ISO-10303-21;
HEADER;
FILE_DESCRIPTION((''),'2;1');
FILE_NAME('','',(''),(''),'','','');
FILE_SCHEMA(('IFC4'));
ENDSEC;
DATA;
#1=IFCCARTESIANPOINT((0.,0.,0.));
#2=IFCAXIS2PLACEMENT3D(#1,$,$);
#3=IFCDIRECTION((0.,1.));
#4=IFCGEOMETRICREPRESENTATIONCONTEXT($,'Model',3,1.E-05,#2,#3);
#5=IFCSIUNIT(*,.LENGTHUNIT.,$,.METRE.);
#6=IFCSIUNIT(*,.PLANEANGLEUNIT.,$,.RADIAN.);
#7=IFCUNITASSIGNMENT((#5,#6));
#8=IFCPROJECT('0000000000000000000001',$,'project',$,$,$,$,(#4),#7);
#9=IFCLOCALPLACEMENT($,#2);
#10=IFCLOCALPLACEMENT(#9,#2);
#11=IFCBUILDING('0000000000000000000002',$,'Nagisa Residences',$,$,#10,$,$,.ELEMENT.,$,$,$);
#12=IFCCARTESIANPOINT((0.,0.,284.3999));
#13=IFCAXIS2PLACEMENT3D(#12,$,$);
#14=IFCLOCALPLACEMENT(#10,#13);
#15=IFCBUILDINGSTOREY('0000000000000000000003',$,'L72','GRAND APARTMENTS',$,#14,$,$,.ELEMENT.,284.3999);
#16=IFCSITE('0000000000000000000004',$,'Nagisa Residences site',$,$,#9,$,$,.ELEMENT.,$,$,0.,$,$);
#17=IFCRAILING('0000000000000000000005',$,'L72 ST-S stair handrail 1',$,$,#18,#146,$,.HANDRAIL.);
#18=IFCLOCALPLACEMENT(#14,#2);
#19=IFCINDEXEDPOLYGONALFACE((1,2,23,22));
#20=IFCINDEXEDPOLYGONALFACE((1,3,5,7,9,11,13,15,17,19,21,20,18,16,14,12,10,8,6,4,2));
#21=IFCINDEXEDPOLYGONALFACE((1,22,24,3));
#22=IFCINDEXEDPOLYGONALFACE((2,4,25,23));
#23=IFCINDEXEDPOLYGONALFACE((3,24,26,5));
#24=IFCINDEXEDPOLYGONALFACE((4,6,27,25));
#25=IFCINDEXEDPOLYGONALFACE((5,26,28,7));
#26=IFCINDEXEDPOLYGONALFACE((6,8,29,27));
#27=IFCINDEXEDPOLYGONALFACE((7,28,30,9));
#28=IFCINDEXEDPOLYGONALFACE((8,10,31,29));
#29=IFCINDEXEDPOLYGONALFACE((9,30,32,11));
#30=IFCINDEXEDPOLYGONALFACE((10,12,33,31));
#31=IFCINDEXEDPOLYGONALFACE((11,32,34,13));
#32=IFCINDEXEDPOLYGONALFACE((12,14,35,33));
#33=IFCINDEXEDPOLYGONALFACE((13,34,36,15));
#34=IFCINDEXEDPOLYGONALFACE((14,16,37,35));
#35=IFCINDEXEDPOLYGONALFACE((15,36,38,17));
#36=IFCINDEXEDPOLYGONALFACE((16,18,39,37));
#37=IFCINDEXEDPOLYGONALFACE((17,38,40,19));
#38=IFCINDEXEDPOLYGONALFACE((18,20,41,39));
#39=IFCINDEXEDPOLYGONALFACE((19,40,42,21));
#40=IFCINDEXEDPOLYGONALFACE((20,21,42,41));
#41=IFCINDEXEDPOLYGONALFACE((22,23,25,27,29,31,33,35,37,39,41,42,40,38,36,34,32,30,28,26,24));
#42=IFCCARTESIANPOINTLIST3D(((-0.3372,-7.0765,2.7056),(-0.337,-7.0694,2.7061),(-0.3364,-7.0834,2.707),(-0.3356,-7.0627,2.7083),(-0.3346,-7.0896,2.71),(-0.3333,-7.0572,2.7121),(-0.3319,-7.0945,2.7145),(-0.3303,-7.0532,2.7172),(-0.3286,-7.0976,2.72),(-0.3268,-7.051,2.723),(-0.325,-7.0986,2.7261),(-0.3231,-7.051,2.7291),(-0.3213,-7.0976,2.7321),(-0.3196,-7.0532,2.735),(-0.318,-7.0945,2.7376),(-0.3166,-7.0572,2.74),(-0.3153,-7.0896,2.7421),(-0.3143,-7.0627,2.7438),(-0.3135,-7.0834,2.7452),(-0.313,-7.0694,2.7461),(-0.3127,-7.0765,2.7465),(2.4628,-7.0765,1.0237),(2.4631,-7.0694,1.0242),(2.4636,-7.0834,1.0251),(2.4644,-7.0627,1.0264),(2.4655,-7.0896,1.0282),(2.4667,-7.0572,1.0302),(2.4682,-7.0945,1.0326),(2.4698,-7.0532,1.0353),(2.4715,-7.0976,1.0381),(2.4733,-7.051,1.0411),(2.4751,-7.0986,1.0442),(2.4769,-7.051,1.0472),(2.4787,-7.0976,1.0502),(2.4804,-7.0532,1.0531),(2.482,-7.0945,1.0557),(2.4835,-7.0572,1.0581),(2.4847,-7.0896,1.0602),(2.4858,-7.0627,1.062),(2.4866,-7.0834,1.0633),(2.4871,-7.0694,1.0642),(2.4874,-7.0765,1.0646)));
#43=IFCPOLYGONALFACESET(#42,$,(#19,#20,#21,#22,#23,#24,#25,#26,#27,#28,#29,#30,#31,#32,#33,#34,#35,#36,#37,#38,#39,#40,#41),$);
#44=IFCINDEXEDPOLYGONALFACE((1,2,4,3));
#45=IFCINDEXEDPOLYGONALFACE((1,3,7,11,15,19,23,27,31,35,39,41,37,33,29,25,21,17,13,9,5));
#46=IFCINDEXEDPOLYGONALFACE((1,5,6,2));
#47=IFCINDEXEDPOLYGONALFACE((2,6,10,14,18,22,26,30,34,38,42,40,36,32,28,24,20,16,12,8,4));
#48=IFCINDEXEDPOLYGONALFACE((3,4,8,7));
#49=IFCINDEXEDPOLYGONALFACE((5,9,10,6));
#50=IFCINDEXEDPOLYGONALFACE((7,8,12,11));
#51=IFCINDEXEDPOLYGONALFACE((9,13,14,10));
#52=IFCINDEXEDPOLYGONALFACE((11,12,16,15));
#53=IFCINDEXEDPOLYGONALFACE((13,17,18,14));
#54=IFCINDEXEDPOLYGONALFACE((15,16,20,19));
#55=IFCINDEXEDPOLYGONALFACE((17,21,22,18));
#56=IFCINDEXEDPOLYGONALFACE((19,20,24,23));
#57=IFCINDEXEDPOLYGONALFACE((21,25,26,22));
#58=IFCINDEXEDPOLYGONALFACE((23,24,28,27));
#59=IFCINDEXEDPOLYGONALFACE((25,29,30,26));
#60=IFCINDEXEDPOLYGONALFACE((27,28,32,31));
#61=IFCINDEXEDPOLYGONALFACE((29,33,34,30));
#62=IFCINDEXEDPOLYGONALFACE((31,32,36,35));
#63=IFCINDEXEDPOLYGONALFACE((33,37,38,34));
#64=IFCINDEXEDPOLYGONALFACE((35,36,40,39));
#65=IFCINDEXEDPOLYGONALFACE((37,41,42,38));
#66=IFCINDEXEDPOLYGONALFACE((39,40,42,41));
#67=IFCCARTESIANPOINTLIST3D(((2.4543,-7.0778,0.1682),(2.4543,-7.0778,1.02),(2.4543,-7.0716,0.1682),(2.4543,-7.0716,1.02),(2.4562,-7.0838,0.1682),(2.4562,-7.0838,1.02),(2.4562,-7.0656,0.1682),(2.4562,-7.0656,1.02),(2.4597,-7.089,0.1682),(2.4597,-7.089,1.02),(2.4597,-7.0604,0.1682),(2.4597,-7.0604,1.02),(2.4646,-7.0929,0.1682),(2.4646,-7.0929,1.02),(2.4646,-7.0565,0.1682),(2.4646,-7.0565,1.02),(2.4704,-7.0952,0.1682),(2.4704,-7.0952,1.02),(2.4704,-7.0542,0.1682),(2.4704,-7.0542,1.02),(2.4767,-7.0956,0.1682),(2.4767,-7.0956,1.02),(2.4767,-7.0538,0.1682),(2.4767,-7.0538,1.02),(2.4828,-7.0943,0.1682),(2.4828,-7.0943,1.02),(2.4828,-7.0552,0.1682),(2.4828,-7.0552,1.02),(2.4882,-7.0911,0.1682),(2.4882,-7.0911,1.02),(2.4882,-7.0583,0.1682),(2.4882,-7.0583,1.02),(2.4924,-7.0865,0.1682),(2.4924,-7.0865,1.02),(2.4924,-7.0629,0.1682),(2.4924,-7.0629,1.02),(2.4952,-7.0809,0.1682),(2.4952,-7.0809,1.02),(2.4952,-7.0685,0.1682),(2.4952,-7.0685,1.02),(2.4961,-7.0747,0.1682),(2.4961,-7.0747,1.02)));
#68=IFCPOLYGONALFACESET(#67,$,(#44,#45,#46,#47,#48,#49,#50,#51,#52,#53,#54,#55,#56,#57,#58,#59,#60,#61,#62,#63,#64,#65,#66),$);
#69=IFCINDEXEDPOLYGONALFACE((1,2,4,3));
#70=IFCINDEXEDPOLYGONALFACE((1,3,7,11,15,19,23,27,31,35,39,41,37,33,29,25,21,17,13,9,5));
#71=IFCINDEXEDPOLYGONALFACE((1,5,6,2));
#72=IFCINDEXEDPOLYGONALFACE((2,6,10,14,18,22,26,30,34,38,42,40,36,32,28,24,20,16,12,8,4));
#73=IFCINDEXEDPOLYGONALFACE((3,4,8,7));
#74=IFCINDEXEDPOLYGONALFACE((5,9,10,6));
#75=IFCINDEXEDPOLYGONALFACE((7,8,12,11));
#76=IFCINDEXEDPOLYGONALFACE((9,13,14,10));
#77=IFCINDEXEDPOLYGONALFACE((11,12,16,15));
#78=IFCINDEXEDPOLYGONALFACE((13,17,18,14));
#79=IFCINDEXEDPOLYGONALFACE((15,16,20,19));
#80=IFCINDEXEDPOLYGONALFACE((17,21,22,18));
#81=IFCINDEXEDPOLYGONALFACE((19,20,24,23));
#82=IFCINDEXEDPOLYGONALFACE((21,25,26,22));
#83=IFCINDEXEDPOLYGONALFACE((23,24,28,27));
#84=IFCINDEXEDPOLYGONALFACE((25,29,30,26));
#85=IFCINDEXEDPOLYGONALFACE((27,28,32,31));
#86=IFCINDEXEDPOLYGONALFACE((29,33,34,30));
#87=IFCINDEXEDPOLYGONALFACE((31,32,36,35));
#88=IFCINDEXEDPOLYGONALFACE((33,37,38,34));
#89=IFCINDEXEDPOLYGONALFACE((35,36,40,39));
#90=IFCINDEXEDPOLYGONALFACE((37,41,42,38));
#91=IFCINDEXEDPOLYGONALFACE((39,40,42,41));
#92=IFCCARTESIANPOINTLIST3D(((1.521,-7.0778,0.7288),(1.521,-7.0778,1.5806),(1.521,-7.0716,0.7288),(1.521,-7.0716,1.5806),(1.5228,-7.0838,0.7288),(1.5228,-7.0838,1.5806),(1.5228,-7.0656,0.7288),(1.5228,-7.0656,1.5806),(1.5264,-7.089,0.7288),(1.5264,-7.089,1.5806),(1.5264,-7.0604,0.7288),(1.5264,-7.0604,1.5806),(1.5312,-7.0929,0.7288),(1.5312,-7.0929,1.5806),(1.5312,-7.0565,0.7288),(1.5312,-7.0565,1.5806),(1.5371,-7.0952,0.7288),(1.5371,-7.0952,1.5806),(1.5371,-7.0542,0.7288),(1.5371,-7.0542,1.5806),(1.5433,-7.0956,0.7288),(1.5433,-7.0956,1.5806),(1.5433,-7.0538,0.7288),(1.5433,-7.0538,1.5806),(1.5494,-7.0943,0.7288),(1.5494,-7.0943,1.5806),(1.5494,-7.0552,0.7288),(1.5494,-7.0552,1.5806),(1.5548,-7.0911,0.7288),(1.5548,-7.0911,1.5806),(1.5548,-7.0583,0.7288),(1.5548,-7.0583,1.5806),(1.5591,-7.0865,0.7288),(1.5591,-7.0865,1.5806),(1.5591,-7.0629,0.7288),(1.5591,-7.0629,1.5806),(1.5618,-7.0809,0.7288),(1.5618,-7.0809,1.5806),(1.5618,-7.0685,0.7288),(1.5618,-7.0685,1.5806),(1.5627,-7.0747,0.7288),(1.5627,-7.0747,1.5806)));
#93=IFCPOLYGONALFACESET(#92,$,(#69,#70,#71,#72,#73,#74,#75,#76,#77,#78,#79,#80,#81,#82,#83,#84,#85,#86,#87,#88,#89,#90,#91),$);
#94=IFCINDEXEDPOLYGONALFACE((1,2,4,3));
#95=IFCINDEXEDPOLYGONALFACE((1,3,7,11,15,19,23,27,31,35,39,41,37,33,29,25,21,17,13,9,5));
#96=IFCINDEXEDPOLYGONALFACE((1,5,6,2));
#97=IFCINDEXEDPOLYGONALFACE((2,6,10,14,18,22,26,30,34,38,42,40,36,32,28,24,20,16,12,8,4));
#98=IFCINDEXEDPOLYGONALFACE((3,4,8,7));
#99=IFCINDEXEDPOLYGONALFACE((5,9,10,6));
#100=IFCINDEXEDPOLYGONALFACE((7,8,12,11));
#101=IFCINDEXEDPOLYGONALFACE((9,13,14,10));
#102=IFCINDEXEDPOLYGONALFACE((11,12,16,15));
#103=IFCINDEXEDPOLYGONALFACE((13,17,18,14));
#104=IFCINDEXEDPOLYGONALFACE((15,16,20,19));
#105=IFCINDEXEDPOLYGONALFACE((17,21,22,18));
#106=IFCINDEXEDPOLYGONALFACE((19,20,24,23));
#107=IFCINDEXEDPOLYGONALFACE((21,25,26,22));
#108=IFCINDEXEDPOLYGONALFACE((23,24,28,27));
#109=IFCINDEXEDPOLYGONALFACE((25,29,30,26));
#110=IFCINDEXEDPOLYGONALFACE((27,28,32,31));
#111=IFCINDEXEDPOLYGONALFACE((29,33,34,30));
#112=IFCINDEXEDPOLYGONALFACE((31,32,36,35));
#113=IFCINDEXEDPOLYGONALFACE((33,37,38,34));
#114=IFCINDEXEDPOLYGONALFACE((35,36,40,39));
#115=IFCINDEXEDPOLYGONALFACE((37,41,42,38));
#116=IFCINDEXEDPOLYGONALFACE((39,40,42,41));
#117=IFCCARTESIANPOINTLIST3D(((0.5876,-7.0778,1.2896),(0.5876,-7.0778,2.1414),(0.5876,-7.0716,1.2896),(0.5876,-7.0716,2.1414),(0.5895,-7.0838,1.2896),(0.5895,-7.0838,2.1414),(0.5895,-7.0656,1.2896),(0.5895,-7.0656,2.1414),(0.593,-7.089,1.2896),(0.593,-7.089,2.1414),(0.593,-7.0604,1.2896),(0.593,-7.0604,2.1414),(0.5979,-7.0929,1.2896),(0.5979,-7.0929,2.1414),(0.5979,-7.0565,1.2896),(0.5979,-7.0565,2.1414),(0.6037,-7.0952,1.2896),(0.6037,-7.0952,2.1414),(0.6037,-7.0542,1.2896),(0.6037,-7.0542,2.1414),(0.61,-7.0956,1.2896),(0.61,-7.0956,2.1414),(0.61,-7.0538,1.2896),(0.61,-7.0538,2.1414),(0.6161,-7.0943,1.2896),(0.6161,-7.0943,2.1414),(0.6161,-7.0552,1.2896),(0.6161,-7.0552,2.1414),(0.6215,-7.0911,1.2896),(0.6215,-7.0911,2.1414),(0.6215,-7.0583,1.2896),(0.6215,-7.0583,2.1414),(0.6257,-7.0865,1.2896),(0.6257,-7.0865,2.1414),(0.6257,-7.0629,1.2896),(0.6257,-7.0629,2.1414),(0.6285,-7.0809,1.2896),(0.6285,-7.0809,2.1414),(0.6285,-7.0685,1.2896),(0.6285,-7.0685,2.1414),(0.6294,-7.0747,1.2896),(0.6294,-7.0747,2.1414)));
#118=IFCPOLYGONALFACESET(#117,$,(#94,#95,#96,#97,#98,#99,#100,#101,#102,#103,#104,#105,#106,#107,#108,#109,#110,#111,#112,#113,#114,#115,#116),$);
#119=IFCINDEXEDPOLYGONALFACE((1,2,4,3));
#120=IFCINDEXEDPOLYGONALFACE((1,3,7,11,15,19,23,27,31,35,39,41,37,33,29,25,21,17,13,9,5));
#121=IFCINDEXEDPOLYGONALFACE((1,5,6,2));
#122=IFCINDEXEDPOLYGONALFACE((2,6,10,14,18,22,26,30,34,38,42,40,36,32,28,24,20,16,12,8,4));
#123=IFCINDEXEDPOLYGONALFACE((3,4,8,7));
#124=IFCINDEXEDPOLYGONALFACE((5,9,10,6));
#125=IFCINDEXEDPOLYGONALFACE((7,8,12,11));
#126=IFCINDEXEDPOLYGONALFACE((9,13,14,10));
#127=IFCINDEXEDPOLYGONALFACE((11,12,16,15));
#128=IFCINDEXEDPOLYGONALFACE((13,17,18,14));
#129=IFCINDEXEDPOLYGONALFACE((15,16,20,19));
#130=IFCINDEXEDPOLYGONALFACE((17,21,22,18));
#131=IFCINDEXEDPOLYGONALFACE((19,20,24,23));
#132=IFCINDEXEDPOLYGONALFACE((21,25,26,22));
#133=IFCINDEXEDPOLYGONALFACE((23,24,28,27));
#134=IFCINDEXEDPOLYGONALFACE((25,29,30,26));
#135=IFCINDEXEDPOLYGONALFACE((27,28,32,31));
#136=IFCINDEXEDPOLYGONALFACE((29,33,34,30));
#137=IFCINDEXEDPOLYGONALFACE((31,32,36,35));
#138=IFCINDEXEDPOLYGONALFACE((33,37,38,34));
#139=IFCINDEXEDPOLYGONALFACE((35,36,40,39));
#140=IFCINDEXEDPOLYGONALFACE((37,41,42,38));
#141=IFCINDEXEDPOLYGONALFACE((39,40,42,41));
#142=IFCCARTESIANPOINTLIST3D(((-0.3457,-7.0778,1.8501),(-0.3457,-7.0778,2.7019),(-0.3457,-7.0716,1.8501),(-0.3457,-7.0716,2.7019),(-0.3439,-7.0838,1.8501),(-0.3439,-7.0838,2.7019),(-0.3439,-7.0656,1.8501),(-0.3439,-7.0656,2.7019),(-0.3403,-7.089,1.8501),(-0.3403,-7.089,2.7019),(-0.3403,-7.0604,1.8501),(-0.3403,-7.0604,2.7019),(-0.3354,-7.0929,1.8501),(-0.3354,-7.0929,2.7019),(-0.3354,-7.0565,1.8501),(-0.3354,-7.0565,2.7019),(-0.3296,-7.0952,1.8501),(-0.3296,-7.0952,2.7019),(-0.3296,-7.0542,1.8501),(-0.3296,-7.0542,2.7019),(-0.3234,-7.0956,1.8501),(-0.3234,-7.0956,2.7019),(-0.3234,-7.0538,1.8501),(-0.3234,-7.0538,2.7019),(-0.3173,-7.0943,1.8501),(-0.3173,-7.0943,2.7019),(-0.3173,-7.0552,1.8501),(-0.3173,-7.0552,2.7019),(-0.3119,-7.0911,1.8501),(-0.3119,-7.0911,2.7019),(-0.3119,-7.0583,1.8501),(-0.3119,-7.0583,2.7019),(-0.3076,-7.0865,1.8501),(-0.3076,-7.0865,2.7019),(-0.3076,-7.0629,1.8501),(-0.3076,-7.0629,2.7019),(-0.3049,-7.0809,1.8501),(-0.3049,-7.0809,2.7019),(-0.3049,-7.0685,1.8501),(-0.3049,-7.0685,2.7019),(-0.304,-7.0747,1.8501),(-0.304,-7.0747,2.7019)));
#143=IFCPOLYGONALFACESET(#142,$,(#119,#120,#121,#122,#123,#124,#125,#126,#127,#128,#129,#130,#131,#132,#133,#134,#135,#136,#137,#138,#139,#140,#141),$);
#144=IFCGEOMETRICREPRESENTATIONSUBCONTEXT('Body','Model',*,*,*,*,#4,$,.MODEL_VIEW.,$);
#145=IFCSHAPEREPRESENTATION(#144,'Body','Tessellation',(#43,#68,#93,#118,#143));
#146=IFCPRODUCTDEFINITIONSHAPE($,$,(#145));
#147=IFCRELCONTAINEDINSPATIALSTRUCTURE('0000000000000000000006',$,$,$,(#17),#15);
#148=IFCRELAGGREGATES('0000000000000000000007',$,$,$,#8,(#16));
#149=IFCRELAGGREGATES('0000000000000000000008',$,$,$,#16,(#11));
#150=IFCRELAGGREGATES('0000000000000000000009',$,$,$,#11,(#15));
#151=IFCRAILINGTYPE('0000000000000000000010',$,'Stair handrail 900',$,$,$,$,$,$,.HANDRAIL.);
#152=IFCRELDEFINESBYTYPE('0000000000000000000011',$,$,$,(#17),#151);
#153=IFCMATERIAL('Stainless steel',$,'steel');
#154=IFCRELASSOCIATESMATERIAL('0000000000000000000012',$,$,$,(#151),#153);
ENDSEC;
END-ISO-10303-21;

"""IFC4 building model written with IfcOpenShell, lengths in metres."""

from ifc_helpers import new_model, si_unit, direction, frame, origin, origin_2d, place, context, subcontext, project, spatial, circle, extrude, material, type_object, element, save


model = new_model("IFC4")

# Units and contexts
model_context = context("Model", 3, precision=1e-05, world=origin(), true_north=direction((0.0, 1.0)))
body_context = subcontext(model_context, "Body", "Model", "MODEL_VIEW")
ifc_project = project(units=[si_unit("LENGTHUNIT", "METRE"), si_unit("PLANEANGLEUNIT", "RADIAN")], contexts=[model_context])

# Site, building, storey
site_placement = place(None, origin())
site = spatial("IfcSite", under=ifc_project, at=site_placement, Name="Nagisa Residences site", CompositionType="ELEMENT", RefElevation=0.0)
building_placement = place(site_placement, origin())
building = spatial("IfcBuilding", under=site, at=building_placement, Name="Nagisa Residences", CompositionType="ELEMENT")
storey_placement = place(building_placement, frame((0.0, 0.0, 284.3999)))
storey = spatial("IfcBuildingStorey", under=building, at=storey_placement, Name="L72", Description="GRAND APARTMENTS", CompositionType="ELEMENT", Elevation=284.3999)

# Railing
ifc_material_1 = material(Name="Stainless steel", Category="steel")
railing_type_1 = type_object("IfcRailingType", Name="Stair handrail 900", PredefinedType="HANDRAIL", material=ifc_material_1)
railing_1_placement = place(storey_placement, frame((2.4751, -7.0747, 0.1682)))
element("IfcRailing", 1, at=railing_1_placement, inside=storey, type_object=railing_type_1, Name="L72 ST-S stair handrail 1", PredefinedType="HANDRAIL", context=body_context, shape_type="SweptSolid", body=[
    extrude(circle(Radius=0.0239, at=origin_2d()), frame((0.0, 0.0, 0.876), z_axis=(-0.857242, 0.0, 0.514913), x_axis=(0.0, -1.0, 0.0)), (0.0, 0.0, 1.0), 3.2664),
    extrude(circle(Radius=0.021, at=origin_2d()), origin(), (0.0, 0.0, 1.0), 0.8518),
    extrude(circle(Radius=0.021, at=origin_2d()), frame((-0.9333, 0.0, 0.5605)), (0.0, 0.0, 1.0), 0.8518),
    extrude(circle(Radius=0.021, at=origin_2d()), frame((-1.8667, 0.0, 1.1213)), (0.0, 0.0, 1.0), 0.8518),
    extrude(circle(Radius=0.021, at=origin_2d()), frame((-2.8, 0.0, 1.6819)), (0.0, 0.0, 1.0), 0.8518),
])

save(model, "model.ifc")
